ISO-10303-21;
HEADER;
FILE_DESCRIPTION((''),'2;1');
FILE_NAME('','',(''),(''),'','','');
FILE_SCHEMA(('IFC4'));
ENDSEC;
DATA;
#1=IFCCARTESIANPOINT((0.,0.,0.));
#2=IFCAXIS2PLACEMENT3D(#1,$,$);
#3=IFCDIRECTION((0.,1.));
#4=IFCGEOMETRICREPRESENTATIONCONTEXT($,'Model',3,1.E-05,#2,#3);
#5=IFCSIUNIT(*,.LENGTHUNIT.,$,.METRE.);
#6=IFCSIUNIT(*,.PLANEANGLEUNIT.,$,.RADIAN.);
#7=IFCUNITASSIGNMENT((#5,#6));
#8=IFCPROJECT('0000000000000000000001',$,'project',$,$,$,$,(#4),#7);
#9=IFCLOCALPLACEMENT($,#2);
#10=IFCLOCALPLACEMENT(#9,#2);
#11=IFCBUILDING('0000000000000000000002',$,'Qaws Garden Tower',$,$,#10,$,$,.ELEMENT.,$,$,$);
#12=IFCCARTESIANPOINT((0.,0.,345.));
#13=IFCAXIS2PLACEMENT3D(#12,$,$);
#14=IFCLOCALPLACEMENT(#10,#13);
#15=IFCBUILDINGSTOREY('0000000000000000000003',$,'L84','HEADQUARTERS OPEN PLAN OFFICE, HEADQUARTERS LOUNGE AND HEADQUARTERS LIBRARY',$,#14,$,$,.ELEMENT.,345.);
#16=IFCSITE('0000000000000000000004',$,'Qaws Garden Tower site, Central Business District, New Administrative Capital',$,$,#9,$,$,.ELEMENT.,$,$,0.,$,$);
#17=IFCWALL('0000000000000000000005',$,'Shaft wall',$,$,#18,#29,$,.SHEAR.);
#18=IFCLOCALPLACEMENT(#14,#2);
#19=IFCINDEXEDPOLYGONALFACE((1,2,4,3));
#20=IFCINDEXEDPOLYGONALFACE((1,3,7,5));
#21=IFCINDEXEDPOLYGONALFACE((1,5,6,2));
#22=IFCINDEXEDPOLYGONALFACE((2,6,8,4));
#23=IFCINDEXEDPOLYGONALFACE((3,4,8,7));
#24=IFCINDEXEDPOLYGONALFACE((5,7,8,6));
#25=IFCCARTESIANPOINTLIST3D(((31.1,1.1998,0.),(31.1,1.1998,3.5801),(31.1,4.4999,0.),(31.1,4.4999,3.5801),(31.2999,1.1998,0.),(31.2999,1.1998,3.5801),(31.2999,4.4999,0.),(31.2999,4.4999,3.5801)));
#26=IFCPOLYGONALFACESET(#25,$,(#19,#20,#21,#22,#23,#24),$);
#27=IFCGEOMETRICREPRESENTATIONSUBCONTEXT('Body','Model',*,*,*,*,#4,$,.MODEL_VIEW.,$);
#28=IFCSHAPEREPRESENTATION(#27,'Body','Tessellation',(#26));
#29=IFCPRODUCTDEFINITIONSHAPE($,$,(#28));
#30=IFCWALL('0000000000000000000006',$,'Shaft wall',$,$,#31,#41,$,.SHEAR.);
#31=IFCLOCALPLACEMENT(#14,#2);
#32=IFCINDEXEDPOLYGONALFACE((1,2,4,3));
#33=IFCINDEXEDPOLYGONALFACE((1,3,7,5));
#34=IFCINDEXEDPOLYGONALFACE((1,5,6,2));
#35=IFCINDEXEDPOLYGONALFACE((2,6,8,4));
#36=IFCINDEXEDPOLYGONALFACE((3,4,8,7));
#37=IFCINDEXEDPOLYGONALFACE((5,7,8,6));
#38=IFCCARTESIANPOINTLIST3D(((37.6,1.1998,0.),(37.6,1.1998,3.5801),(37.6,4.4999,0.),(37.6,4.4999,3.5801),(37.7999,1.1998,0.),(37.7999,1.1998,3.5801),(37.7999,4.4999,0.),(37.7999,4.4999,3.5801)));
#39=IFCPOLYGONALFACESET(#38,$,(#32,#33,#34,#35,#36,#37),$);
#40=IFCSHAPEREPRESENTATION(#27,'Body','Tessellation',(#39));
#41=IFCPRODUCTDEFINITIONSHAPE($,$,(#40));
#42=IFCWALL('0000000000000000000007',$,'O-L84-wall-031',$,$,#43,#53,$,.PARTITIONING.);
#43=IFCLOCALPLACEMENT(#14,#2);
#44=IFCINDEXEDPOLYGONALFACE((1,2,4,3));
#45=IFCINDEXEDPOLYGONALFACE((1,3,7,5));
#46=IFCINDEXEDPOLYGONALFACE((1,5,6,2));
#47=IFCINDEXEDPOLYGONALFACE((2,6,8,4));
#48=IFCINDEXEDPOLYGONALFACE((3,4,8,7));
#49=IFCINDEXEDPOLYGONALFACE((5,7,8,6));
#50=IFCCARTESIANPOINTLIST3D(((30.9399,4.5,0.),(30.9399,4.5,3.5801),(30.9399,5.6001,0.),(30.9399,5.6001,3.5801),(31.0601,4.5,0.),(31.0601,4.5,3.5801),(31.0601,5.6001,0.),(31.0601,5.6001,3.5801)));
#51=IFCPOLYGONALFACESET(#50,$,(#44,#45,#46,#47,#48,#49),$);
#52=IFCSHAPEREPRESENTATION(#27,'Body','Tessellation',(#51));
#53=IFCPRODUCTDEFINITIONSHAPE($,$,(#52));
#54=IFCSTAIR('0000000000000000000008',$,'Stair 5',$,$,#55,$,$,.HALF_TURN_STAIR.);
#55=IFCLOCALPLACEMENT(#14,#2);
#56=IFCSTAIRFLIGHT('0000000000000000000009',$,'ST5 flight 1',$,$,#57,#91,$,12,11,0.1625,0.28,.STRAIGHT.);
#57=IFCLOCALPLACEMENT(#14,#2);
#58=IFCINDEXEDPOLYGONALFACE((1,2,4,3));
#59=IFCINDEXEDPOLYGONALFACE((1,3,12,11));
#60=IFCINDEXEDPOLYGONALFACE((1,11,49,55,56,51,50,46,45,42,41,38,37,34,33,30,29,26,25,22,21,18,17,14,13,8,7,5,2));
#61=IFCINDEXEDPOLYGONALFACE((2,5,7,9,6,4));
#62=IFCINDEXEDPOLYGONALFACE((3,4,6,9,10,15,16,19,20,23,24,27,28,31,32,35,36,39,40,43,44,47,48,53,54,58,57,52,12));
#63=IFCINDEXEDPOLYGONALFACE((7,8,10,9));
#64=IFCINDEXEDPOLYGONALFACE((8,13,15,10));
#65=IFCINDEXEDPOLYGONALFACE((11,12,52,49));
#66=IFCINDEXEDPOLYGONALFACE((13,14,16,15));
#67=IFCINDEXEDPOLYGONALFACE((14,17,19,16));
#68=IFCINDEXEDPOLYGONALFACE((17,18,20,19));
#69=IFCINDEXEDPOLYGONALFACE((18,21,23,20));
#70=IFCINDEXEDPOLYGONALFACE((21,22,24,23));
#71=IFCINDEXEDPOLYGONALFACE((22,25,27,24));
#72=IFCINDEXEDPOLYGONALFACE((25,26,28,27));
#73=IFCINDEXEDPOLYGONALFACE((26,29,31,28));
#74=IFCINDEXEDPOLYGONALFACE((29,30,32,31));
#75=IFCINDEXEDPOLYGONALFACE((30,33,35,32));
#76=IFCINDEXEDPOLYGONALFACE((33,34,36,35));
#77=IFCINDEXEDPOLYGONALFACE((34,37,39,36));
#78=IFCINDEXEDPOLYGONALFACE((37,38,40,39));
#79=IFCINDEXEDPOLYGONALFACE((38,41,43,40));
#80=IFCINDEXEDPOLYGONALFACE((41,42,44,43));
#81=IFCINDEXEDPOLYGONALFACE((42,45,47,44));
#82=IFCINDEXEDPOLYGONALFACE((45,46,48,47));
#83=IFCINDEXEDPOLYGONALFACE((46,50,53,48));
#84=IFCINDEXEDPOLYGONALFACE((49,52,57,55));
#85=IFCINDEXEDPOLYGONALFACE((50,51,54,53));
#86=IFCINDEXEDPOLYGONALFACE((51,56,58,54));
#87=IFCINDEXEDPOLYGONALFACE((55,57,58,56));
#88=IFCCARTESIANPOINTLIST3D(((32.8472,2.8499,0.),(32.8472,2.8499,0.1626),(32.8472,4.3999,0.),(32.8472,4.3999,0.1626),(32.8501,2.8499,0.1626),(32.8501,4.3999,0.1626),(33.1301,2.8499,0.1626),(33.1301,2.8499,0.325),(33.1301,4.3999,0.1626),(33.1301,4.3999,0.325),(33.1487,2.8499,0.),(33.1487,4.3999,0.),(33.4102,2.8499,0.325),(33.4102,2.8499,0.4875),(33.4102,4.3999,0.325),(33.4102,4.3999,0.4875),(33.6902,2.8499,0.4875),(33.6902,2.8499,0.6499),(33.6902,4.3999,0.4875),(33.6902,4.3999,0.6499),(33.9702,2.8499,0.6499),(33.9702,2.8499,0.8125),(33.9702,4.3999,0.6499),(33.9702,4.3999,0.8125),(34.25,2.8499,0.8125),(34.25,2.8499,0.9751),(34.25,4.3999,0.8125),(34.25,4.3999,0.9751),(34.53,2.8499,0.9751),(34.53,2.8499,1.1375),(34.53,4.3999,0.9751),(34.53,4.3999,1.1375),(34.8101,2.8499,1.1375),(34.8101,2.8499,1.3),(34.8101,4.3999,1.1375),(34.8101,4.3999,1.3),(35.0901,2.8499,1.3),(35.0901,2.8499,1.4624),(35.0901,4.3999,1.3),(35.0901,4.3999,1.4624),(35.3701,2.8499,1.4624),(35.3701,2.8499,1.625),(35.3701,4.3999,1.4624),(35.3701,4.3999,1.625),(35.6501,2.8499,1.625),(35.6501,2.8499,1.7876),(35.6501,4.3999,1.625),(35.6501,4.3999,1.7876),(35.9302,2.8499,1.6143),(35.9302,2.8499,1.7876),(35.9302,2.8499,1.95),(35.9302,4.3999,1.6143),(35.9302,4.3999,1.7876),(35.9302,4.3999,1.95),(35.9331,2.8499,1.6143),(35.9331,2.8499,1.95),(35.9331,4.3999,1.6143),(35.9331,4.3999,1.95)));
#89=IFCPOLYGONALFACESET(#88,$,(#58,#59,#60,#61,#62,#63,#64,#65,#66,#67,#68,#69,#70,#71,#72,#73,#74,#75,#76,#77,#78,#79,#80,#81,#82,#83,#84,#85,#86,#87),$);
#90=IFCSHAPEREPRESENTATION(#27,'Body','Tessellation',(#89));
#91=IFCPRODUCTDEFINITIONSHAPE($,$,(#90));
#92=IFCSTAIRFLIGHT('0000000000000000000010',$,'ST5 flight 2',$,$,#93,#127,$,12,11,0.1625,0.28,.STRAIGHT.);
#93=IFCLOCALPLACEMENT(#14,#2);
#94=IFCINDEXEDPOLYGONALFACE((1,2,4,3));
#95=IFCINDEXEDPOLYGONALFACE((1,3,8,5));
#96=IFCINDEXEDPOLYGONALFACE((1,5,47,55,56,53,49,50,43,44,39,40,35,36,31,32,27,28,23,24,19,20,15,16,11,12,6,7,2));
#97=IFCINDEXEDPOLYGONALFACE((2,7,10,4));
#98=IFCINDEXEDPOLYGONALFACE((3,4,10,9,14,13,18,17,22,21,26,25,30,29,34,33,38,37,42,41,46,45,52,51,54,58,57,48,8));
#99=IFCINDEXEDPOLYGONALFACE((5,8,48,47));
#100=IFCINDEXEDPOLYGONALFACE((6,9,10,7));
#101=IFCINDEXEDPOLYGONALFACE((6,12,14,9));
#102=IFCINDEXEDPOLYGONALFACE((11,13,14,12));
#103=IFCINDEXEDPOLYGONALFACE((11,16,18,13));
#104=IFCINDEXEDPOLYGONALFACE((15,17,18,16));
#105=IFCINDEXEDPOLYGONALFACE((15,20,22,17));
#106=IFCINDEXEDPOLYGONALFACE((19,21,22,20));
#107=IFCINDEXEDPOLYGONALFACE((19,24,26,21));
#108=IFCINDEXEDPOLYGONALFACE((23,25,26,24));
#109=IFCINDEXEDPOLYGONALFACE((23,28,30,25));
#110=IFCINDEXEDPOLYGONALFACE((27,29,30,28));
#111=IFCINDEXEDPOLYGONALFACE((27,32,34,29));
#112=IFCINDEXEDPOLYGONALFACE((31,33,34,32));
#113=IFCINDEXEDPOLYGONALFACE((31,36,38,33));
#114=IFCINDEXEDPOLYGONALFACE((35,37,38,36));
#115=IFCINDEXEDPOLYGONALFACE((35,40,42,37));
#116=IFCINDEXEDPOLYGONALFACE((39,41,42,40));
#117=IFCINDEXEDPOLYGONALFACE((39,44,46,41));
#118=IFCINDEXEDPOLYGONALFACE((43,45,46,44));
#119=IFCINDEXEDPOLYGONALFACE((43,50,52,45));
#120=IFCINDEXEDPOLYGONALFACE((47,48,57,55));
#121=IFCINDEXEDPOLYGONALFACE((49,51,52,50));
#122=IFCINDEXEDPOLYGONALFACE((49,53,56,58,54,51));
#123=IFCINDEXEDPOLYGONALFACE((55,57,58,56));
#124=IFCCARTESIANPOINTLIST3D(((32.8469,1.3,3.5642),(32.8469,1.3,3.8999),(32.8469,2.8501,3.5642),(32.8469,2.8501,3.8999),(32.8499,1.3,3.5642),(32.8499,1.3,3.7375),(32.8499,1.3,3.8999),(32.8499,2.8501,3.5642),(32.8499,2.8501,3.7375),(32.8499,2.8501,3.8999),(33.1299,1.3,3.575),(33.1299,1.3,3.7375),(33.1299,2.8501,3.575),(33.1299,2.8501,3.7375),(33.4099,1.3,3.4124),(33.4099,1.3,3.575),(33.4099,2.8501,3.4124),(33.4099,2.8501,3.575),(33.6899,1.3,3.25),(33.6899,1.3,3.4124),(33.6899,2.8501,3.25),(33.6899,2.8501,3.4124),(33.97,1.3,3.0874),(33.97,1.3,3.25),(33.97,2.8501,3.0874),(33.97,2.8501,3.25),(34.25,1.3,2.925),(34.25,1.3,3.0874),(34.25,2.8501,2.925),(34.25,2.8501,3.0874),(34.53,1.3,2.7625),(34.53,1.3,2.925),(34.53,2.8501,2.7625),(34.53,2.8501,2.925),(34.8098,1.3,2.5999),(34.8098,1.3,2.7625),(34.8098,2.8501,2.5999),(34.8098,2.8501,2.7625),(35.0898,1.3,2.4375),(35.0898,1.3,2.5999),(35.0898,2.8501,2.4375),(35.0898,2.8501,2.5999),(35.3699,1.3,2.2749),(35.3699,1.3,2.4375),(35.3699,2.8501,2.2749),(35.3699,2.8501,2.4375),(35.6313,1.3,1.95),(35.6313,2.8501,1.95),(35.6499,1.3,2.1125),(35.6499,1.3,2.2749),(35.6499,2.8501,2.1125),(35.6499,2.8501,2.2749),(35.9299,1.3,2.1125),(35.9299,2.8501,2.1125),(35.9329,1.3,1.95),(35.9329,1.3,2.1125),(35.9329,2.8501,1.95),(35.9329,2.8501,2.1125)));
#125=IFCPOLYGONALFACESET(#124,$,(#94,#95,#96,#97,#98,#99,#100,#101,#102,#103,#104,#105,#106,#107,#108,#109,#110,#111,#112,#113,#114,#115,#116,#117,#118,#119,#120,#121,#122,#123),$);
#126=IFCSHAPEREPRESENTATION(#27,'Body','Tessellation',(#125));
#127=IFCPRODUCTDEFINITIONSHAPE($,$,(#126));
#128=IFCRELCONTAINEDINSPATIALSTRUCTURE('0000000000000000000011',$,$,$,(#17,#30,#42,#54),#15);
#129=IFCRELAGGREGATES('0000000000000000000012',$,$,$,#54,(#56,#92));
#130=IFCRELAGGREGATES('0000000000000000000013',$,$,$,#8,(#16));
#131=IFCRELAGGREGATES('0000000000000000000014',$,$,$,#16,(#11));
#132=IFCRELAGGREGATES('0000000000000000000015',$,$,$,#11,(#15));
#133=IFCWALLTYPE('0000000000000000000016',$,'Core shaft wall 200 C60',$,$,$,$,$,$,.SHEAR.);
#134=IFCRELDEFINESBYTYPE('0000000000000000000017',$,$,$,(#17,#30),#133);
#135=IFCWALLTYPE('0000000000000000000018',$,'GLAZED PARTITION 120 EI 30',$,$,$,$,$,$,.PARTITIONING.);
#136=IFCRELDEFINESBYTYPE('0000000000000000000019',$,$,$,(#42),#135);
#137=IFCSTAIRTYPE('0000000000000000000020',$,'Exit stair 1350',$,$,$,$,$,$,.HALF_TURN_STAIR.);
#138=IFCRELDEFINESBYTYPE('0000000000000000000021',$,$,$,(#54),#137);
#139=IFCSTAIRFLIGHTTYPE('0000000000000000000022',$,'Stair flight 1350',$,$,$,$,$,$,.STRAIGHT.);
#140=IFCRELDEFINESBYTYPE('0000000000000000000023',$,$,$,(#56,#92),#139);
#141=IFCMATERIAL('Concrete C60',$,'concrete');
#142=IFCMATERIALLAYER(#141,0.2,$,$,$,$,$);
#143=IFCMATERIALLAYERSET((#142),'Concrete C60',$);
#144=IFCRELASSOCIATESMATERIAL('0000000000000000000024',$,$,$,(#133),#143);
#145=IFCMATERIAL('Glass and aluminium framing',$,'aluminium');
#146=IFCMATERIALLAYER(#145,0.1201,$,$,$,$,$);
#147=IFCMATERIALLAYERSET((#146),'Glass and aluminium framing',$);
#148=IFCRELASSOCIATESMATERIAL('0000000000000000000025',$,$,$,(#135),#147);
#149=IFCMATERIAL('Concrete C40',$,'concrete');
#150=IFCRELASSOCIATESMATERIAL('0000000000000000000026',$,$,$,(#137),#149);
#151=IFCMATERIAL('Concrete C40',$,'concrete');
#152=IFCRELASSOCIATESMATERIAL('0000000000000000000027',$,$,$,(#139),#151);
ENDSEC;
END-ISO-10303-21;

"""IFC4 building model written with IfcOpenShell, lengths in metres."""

from ifc_helpers import new_model, si_unit, direction, frame, frame_2d, origin, place, context, subcontext, project, spatial, polyline, rectangle, outline, extrude, material, layer, layer_set, type_object, element, aggregate, save


model = new_model("IFC4")

# Units and contexts
model_context = context("Model", 3, precision=1e-05, world=origin(), true_north=direction((0.0, 1.0)))
body_context = subcontext(model_context, "Body", "Model", "MODEL_VIEW")
ifc_project = project(units=[si_unit("LENGTHUNIT", "METRE"), si_unit("PLANEANGLEUNIT", "RADIAN")], contexts=[model_context])

# Site, building, storey
site_placement = place(None, origin())
site = spatial("IfcSite", under=ifc_project, at=site_placement, Name="Qaws Garden Tower site, Central Business District, New Administrative Capital", CompositionType="ELEMENT", RefElevation=0.0)
building_placement = place(site_placement, origin())
building = spatial("IfcBuilding", under=site, at=building_placement, Name="Qaws Garden Tower", CompositionType="ELEMENT")
storey_placement = place(building_placement, frame((0.0, 0.0, 345.0)))
storey = spatial("IfcBuildingStorey", under=building, at=storey_placement, Name="L84", Description="HEADQUARTERS OPEN PLAN OFFICE, HEADQUARTERS LOUNGE AND HEADQUARTERS LIBRARY", CompositionType="ELEMENT", Elevation=345.0)

# Shared definitions
ifc_material_1 = material(Name="Concrete C60", Category="concrete")
ifc_layer_1 = layer(ifc_material_1, 0.2)
ifc_layer_set_1 = layer_set([ifc_layer_1], Name="Concrete C60")
wall_type_1 = type_object("IfcWallType", Name="Core shaft wall 200 C60", PredefinedType="SHEAR", material=ifc_layer_set_1)

# Walls
for number, where, z_axis, x_axis, name in (
    (1, (31.2, 1.2, 0.0), (0.0, 0.0, 1.0), (0.0, 1.0, 0.0), "Shaft wall"),
    (2, (37.7, 1.2, 0.0), (0.0, 0.0, 1.0), (0.0, 1.0, 0.0), "Shaft wall"),
):
    element("IfcWall", number, at=place(storey_placement, frame(where, z_axis=z_axis, x_axis=x_axis)), inside=storey, type_object=wall_type_1, Name=name, PredefinedType="SHEAR", context=body_context, shape_type="SweptSolid", body=[
        extrude(rectangle(XDim=3.3, YDim=0.2, at=frame_2d((1.6499, 0.0))), origin(), (0.0, 0.0, 1.0), 3.5801),
    ])
ifc_material_2 = material(Name="Glass and aluminium framing", Category="aluminium")
ifc_layer_2 = layer(ifc_material_2, 0.1201)
ifc_layer_set_2 = layer_set([ifc_layer_2], Name="Glass and aluminium framing")
wall_type_2 = type_object("IfcWallType", Name="GLAZED PARTITION 120 EI 30", PredefinedType="PARTITIONING", material=ifc_layer_set_2)
wall_1_placement = place(storey_placement, frame((31.0, 4.5, 0.0), z_axis=(0.0, 0.0, 1.0), x_axis=(0.0, 1.0, 0.0)))
element("IfcWall", 3, at=wall_1_placement, inside=storey, type_object=wall_type_2, Name="O-L84-wall-031", PredefinedType="PARTITIONING", context=body_context, shape_type="SweptSolid", body=[
    extrude(rectangle(XDim=1.1001, YDim=0.1201, at=frame_2d((0.55, 0.0))), origin(), (0.0, 0.0, 1.0), 3.5801),
])

# Stair, stair flights
ifc_material_3 = material(Name="Concrete C40", Category="concrete")
stair_type = type_object("IfcStairType", Name="Exit stair 1350", PredefinedType="HALF_TURN_STAIR", material=ifc_material_3)
stair_placement = place(storey_placement, origin())
stair = element("IfcStair", 4, at=stair_placement, inside=storey, type_object=stair_type, Name="Stair 5", PredefinedType="HALF_TURN_STAIR")
ifc_material_4 = material(Name="Concrete C40", Category="concrete")
stair_flight_type = type_object("IfcStairFlightType", Name="Stair flight 1350", PredefinedType="STRAIGHT", material=ifc_material_4)
stair_flight_1_placement = place(storey_placement, frame((32.8501, 3.625, 0.0), z_axis=(0.0, 0.0, 1.0), x_axis=(1.0, 0.0, 0.0)))
stair_flight_1 = element("IfcStairFlight", 5, at=stair_flight_1_placement, type_object=stair_flight_type, Name="ST5 flight 1", NumberOfRisers=12, NumberOfTreads=11, PredefinedType="STRAIGHT", RiserHeight=0.1625, TreadLength=0.28, context=body_context, shape_type="SweptSolid", body=[
    extrude(outline(polyline([(-0.0029, 0.0), (-0.0029, 0.1626), (0.0, 0.1626), (0.28, 0.1626), (0.28, 0.325), (0.5601, 0.325), (0.5601, 0.4875), (0.8401, 0.4875), (0.8401, 0.6499), (1.1201, 0.6499), (1.1201, 0.8125), (1.3999, 0.8125), (1.3999, 0.9751), (1.6799, 0.9751), (1.6799, 1.1375), (1.96, 1.1375), (1.96, 1.3), (2.24, 1.3), (2.24, 1.4624), (2.52, 1.4624), (2.52, 1.625), (2.8, 1.625), (2.8, 1.7876), (3.0801, 1.7876), (3.0801, 1.95), (3.083, 1.95), (3.083, 1.6143), (3.0801, 1.6143), (0.2986, 0.0), (-0.0029, 0.0)])), frame((0.0, 0.7749, 0.0), z_axis=(0.0, -1.0, 0.0), x_axis=(1.0, 0.0, 0.0)), (0.0, 0.0, 1.0), 1.55),
])
stair_flight_2_placement = place(storey_placement, frame((35.9299, 2.075, 1.95), z_axis=(0.0, 0.0, 1.0), x_axis=(-1.0, 0.0, 0.0)))
stair_flight_2 = element("IfcStairFlight", 6, at=stair_flight_2_placement, type_object=stair_flight_type, Name="ST5 flight 2", NumberOfRisers=12, NumberOfTreads=11, PredefinedType="STRAIGHT", RiserHeight=0.1625, TreadLength=0.28, context=body_context, shape_type="SweptSolid", body=[
    extrude(outline(polyline([(-0.0029, 0.0), (-0.0029, 0.1626), (0.0, 0.1626), (0.28, 0.1626), (0.28, 0.325), (0.5601, 0.325), (0.5601, 0.4875), (0.8401, 0.4875), (0.8401, 0.6499), (1.1201, 0.6499), (1.1201, 0.8125), (1.3999, 0.8125), (1.3999, 0.9751), (1.6799, 0.9751), (1.6799, 1.1375), (1.96, 1.1375), (1.96, 1.3), (2.24, 1.3), (2.24, 1.4624), (2.52, 1.4624), (2.52, 1.625), (2.8, 1.625), (2.8, 1.7876), (3.0801, 1.7876), (3.0801, 1.95), (3.083, 1.95), (3.083, 1.6143), (3.0801, 1.6143), (0.2986, 0.0), (-0.0029, 0.0)])), frame((0.0, 0.7749, 0.0), z_axis=(0.0, -1.0, 0.0), x_axis=(1.0, 0.0, 0.0)), (0.0, 0.0, 1.0), 1.55),
])
aggregate(stair, [stair_flight_1, stair_flight_2])

save(model, "model.ifc")
